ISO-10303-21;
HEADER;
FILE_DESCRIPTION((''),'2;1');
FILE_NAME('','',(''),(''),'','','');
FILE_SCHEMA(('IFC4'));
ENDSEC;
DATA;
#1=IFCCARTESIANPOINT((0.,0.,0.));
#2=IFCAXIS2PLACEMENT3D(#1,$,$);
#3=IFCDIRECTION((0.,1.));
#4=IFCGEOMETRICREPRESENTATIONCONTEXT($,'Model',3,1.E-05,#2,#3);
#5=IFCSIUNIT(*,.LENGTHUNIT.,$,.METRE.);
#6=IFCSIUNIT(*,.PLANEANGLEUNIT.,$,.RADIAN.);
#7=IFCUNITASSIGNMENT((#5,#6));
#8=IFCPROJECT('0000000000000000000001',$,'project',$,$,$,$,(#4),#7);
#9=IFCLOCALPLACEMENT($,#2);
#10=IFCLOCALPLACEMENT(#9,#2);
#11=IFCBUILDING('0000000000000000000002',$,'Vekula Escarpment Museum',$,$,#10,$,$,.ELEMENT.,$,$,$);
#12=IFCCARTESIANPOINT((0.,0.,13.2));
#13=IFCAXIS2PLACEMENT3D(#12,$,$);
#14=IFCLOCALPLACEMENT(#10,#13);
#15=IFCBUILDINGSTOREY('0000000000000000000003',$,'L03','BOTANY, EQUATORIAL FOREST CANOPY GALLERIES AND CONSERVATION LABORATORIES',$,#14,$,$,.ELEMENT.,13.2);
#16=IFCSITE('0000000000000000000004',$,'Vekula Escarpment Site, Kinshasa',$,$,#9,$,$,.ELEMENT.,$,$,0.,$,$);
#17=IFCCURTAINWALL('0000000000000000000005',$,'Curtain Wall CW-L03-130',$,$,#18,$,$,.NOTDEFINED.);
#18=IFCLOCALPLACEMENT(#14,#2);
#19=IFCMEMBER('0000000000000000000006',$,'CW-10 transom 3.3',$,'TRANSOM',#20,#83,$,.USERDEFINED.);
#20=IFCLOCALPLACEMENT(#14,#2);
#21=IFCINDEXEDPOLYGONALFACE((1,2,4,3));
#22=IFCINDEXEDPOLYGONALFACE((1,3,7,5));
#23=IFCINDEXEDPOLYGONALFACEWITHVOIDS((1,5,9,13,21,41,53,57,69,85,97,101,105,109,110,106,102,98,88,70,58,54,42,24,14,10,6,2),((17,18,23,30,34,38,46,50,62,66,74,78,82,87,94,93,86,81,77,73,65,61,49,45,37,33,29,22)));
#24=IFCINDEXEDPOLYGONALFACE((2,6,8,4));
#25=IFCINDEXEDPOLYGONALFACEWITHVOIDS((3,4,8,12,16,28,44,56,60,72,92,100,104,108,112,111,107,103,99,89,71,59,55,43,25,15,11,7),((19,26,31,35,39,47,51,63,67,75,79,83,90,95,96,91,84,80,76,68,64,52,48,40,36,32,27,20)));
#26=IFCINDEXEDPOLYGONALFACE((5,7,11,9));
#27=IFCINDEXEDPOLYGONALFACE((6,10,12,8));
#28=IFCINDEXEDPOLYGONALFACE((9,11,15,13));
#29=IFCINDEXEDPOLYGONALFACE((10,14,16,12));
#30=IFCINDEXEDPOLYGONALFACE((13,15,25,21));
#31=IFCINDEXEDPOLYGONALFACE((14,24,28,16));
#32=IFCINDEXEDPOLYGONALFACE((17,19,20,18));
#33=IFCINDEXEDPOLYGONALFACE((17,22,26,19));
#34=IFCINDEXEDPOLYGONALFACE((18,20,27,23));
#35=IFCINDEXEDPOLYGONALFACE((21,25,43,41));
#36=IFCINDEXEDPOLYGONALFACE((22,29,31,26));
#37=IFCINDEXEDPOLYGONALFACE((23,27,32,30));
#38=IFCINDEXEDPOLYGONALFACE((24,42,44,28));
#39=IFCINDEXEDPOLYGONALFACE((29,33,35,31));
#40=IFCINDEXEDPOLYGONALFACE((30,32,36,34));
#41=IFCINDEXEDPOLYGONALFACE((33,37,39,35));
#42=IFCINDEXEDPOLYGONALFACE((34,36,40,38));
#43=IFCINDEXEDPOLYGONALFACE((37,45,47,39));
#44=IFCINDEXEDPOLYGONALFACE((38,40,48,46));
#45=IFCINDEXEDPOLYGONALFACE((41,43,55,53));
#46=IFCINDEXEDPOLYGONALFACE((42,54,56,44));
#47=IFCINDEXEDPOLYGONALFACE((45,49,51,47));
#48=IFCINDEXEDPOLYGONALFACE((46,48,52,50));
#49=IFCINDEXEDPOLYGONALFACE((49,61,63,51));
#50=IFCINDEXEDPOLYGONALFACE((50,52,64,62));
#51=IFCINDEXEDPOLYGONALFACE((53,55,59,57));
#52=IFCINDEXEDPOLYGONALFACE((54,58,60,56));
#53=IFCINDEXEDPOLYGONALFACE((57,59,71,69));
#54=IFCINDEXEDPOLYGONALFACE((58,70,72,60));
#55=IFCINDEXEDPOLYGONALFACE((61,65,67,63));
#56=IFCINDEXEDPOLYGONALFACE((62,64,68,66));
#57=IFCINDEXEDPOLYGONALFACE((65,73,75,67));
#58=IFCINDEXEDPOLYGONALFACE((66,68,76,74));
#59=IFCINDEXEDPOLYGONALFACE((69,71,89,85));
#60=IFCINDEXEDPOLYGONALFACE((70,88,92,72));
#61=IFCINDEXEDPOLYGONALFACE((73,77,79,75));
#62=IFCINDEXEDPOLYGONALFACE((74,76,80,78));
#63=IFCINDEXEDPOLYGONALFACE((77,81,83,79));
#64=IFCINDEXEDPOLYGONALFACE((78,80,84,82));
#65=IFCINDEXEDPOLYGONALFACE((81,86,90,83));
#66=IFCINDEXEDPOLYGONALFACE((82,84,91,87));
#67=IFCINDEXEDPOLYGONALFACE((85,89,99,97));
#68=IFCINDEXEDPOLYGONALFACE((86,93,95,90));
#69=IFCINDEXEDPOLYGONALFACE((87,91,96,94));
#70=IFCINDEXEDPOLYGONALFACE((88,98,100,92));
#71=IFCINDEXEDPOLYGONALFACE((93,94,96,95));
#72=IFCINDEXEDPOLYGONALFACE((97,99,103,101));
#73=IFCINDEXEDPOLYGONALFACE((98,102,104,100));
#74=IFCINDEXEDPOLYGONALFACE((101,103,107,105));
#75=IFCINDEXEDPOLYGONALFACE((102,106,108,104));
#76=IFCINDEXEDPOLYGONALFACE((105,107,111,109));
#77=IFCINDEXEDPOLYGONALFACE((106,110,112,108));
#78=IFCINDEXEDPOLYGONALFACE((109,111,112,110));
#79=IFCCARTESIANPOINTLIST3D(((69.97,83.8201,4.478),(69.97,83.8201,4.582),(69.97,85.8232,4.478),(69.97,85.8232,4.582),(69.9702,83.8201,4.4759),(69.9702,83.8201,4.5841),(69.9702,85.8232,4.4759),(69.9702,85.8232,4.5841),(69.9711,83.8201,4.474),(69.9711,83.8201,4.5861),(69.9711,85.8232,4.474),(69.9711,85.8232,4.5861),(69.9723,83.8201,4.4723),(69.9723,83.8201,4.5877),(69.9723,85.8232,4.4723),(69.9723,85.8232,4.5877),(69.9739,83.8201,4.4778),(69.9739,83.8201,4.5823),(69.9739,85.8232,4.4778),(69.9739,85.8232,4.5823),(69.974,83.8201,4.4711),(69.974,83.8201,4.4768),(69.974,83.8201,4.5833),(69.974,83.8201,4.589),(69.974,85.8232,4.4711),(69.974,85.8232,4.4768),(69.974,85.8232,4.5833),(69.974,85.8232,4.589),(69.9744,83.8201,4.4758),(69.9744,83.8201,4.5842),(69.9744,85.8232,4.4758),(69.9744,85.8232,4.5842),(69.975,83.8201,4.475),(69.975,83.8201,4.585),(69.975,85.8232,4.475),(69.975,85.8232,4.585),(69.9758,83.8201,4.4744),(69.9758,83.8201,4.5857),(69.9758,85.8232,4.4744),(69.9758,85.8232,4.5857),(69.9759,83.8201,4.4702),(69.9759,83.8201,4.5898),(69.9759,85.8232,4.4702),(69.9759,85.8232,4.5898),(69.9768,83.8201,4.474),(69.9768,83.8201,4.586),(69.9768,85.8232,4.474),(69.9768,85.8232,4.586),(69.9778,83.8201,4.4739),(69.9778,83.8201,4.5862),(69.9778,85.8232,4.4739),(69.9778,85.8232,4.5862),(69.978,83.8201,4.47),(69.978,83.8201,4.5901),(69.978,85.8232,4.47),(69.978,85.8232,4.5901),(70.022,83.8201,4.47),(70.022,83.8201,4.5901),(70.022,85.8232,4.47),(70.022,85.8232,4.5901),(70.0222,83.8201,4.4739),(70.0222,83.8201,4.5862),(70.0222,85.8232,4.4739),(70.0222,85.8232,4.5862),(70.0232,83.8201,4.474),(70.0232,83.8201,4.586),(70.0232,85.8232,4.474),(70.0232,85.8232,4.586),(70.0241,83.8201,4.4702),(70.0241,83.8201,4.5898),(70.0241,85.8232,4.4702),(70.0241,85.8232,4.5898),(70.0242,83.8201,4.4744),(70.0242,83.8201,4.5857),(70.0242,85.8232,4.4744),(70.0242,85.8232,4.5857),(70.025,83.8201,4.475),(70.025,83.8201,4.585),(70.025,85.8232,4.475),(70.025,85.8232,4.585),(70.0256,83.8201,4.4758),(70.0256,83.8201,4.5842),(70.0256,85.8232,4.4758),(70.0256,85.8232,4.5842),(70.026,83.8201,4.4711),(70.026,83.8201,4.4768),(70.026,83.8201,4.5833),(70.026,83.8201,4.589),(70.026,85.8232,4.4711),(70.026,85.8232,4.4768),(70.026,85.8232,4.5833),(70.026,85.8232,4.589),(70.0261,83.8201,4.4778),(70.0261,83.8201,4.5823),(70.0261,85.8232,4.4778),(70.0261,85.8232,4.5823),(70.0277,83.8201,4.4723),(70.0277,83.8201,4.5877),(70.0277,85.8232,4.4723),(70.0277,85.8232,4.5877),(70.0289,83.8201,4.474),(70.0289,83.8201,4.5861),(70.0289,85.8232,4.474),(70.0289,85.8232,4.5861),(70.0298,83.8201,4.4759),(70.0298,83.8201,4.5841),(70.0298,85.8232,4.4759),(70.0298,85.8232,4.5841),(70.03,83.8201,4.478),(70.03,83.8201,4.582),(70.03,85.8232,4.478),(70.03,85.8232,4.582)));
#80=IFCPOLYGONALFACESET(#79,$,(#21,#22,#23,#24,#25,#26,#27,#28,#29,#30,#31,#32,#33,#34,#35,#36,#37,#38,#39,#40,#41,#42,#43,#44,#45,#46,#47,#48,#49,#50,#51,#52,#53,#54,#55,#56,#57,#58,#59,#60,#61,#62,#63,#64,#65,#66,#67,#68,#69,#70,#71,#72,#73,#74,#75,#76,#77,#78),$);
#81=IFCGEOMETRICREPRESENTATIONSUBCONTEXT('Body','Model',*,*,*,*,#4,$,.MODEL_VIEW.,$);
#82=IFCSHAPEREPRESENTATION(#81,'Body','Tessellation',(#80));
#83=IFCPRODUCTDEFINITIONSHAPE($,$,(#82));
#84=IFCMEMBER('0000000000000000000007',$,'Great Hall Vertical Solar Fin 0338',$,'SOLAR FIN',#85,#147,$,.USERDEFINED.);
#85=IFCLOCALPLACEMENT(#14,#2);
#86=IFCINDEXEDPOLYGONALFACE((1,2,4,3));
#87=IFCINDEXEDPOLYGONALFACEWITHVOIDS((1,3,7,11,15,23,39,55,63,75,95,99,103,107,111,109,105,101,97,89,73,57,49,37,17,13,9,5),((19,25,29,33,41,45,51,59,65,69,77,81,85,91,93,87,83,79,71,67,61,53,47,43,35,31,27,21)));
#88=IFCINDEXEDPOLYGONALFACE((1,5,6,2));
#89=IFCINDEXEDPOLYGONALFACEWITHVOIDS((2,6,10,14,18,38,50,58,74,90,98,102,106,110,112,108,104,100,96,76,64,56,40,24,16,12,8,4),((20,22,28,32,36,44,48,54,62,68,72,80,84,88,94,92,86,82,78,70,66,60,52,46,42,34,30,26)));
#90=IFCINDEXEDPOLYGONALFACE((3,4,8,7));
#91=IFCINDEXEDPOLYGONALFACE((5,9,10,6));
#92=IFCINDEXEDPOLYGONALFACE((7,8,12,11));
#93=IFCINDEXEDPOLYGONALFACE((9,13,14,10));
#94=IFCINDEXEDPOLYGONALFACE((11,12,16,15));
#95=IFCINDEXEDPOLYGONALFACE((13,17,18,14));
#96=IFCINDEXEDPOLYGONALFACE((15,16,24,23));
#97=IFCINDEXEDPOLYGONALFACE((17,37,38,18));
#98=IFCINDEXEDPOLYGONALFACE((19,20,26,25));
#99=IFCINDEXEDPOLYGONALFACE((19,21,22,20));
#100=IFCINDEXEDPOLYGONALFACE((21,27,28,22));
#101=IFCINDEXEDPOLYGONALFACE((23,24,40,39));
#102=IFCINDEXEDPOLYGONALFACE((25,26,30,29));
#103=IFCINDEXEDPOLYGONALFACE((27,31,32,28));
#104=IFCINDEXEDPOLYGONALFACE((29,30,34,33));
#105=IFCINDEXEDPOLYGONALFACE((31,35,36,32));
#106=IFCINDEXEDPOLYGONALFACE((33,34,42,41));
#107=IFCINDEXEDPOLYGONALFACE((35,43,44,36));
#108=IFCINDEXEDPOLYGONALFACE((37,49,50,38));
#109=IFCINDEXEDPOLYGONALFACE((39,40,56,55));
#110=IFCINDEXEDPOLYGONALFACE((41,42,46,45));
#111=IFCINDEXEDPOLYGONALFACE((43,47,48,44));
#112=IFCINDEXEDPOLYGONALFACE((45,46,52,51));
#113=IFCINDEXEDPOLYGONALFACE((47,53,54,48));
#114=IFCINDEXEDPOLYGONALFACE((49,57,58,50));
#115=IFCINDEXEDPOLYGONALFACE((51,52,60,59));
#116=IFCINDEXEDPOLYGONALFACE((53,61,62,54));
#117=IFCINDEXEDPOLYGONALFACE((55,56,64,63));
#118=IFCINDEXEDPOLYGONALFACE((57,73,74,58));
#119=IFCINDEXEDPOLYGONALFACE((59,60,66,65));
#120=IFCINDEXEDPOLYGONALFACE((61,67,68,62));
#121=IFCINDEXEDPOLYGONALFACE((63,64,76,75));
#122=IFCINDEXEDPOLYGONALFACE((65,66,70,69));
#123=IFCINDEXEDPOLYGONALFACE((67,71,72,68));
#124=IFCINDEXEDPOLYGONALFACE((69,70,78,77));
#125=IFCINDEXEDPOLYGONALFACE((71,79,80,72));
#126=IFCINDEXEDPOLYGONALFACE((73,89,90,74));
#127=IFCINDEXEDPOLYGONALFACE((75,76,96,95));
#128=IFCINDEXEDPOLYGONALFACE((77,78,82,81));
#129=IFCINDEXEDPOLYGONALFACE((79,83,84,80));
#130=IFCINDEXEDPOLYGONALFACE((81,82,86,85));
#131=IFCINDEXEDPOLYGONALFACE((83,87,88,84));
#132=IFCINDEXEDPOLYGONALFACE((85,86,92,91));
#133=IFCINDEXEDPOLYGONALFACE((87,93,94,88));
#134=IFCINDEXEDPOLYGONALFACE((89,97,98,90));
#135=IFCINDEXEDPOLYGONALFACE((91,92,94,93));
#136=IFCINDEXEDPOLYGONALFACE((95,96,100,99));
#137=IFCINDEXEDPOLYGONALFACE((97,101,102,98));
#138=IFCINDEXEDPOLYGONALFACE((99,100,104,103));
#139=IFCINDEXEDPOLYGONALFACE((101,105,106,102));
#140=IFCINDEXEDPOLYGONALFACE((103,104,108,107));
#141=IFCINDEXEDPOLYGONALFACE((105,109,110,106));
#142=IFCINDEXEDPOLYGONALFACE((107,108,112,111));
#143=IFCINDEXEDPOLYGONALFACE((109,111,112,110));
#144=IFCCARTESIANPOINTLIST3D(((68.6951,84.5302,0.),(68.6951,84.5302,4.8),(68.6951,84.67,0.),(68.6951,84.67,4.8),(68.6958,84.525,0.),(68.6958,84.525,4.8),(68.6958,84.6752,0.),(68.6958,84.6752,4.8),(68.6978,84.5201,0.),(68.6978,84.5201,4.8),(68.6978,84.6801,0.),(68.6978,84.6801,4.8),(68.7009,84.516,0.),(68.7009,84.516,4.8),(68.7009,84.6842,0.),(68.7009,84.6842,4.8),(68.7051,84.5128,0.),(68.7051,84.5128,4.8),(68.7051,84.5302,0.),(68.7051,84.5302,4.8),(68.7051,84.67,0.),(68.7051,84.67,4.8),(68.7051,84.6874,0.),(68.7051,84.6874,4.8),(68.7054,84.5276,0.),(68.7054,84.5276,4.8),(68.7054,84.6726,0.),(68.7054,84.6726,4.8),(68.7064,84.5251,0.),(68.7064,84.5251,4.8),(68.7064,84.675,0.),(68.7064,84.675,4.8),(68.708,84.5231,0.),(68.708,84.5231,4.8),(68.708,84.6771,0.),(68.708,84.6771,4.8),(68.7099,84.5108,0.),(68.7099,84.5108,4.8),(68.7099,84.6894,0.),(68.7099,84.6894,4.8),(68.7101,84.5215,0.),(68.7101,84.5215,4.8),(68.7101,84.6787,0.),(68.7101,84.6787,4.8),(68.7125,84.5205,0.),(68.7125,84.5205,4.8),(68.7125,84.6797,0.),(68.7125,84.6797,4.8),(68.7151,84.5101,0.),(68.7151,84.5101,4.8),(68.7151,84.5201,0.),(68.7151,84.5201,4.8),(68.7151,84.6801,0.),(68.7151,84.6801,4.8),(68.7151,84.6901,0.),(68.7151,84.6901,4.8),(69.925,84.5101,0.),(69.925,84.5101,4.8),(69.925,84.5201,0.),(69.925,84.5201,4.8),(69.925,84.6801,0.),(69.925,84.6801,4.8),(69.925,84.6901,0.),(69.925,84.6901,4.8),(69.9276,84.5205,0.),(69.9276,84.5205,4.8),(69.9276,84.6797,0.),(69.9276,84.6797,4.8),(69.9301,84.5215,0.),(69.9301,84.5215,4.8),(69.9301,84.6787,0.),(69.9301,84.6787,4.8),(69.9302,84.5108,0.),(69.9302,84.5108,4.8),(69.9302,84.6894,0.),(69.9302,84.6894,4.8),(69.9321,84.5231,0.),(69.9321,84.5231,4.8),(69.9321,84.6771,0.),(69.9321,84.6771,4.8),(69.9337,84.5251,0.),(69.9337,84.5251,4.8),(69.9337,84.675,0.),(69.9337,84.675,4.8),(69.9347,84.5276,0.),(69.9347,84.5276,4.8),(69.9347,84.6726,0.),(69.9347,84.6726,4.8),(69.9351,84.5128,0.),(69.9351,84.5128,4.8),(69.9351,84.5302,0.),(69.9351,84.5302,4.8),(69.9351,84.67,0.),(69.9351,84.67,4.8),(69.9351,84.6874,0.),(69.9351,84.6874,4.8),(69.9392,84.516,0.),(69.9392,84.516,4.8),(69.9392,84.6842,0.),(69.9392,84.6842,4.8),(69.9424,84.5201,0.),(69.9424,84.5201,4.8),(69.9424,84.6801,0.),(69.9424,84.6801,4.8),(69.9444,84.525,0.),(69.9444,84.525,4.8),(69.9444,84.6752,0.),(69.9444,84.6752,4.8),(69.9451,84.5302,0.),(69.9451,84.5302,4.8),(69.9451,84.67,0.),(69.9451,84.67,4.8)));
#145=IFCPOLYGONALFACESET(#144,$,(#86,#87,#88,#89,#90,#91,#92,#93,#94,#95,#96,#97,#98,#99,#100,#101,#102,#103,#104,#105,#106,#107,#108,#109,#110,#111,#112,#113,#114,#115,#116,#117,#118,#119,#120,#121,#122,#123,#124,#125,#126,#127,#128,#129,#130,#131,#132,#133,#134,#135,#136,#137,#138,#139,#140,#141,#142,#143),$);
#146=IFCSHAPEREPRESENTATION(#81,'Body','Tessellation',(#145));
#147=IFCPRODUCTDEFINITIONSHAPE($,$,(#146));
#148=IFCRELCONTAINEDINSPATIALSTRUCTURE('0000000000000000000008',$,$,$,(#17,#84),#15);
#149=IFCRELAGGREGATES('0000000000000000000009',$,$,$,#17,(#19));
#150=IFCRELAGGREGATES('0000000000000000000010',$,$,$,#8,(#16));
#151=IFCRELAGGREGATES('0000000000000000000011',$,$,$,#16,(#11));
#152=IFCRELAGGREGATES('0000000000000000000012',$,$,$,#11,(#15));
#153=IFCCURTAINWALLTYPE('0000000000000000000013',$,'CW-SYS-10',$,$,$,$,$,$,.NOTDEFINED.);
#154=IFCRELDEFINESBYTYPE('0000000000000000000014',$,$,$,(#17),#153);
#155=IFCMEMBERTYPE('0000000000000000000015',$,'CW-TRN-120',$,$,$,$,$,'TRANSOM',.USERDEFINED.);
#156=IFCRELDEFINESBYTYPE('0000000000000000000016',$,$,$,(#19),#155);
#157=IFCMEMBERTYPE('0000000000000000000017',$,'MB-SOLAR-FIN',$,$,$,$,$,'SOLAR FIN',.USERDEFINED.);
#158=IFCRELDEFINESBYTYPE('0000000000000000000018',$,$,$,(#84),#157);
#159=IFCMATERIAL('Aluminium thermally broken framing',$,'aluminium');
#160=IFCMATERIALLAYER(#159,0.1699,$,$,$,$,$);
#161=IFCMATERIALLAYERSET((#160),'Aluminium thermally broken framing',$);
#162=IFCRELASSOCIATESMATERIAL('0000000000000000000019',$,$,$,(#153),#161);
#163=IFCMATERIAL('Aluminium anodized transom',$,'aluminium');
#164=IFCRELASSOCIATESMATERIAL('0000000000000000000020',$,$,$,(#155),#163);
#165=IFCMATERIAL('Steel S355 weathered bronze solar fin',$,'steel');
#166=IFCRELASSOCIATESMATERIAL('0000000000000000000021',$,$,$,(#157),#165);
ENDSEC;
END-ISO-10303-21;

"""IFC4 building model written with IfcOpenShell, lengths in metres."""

from ifc_helpers import new_model, si_unit, direction, frame, origin, origin_2d, place, context, subcontext, project, spatial, hollow_rectangle, extrude, material, layer, layer_set, material_profile, profile_set, type_object, element, aggregate, save


model = new_model("IFC4")

# Units and contexts
model_context = context("Model", 3, precision=1e-05, world=origin(), true_north=direction((0.0, 1.0)))
body_context = subcontext(model_context, "Body", "Model", "MODEL_VIEW")
ifc_project = project(units=[si_unit("LENGTHUNIT", "METRE"), si_unit("PLANEANGLEUNIT", "RADIAN")], contexts=[model_context])

# Site, building, storey
site_placement = place(None, origin())
site = spatial("IfcSite", under=ifc_project, at=site_placement, Name="Vekula Escarpment Site, Kinshasa", CompositionType="ELEMENT", RefElevation=0.0)
building_placement = place(site_placement, origin())
building = spatial("IfcBuilding", under=site, at=building_placement, Name="Vekula Escarpment Museum", CompositionType="ELEMENT")
storey_placement = place(building_placement, frame((0.0, 0.0, 13.2)))
storey = spatial("IfcBuildingStorey", under=building, at=storey_placement, Name="L03", Description="BOTANY, EQUATORIAL FOREST CANOPY GALLERIES AND CONSERVATION LABORATORIES", CompositionType="ELEMENT", Elevation=13.2)

# Curtain wall, member
ifc_material_1 = material(Name="Aluminium thermally broken framing", Category="aluminium")
ifc_layer_1 = layer(ifc_material_1, 0.1699)
ifc_layer_set_1 = layer_set([ifc_layer_1], Name="Aluminium thermally broken framing")
curtain_wall_type = type_object("IfcCurtainWallType", Name="CW-SYS-10", PredefinedType="NOTDEFINED", material=ifc_layer_set_1)
curtain_wall_placement = place(storey_placement, origin())
curtain_wall = element("IfcCurtainWall", 1, at=curtain_wall_placement, inside=storey, type_object=curtain_wall_type, Name="Curtain Wall CW-L03-130", PredefinedType="NOTDEFINED")
ifc_material_2 = material(Name="Aluminium anodized transom", Category="aluminium")
ifc_material_profile_1 = material_profile(ifc_material_2, hollow_rectangle(XDim=0.0601, YDim=0.1201, WallThickness=0.0039, InnerFilletRadius=0.0039, OuterFilletRadius=0.0081, at=origin_2d()), Name="ALU 120x60x4")
ifc_profile_set_1 = profile_set([ifc_material_profile_1], Name="Aluminium anodized transom")
member_type_1 = type_object("IfcMemberType", Name="CW-TRN-120", ElementType="TRANSOM", PredefinedType="USERDEFINED", material=ifc_profile_set_1)
member_1_placement = place(storey_placement, frame((70.0, 85.8232, 4.53), z_axis=(0.0, -1.0, 0.0), x_axis=(1.0, 0.0, 0.0)))
member_1 = element("IfcMember", 2, at=member_1_placement, type_object=member_type_1, Name="CW-10 transom 3.3", ObjectType="TRANSOM", PredefinedType="USERDEFINED", context=body_context, shape_type="SweptSolid", body=[
    extrude(hollow_rectangle(XDim=0.0601, YDim=0.1201, WallThickness=0.0039, InnerFilletRadius=0.0039, OuterFilletRadius=0.0081, at=origin_2d()), origin(), (0.0, 0.0, 1.0), 2.0032),
])

# Member
ifc_material_3 = material(Name="Steel S355 weathered bronze solar fin", Category="steel")
ifc_material_profile_2 = material_profile(ifc_material_3, hollow_rectangle(XDim=0.1799, YDim=1.25, WallThickness=0.01, InnerFilletRadius=0.01, OuterFilletRadius=0.02, at=origin_2d()), Name="RHS 1250x180x10")
ifc_profile_set_2 = profile_set([ifc_material_profile_2], Name="Steel S355 weathered bronze solar fin")
member_type_2 = type_object("IfcMemberType", Name="MB-SOLAR-FIN", ElementType="SOLAR FIN", PredefinedType="USERDEFINED", material=ifc_profile_set_2)
for number, where, z_axis, x_axis, name in (
    (3, (69.3201, 84.6001, 0.0), (0.0, 0.0, 1.0), (0.0, 1.0, 0.0), "Great Hall Vertical Solar Fin 0338"),
):
    element("IfcMember", number, at=place(storey_placement, frame(where, z_axis=z_axis, x_axis=x_axis)), inside=storey, type_object=member_type_2, Name=name, ObjectType="SOLAR FIN", PredefinedType="USERDEFINED", context=body_context, shape_type="SweptSolid", body=[
        extrude(hollow_rectangle(XDim=0.1799, YDim=1.25, WallThickness=0.01, InnerFilletRadius=0.01, OuterFilletRadius=0.02, at=origin_2d()), origin(), (0.0, 0.0, 1.0), 4.8),
    ])

aggregate(curtain_wall, [member_1])

save(model, "model.ifc")
